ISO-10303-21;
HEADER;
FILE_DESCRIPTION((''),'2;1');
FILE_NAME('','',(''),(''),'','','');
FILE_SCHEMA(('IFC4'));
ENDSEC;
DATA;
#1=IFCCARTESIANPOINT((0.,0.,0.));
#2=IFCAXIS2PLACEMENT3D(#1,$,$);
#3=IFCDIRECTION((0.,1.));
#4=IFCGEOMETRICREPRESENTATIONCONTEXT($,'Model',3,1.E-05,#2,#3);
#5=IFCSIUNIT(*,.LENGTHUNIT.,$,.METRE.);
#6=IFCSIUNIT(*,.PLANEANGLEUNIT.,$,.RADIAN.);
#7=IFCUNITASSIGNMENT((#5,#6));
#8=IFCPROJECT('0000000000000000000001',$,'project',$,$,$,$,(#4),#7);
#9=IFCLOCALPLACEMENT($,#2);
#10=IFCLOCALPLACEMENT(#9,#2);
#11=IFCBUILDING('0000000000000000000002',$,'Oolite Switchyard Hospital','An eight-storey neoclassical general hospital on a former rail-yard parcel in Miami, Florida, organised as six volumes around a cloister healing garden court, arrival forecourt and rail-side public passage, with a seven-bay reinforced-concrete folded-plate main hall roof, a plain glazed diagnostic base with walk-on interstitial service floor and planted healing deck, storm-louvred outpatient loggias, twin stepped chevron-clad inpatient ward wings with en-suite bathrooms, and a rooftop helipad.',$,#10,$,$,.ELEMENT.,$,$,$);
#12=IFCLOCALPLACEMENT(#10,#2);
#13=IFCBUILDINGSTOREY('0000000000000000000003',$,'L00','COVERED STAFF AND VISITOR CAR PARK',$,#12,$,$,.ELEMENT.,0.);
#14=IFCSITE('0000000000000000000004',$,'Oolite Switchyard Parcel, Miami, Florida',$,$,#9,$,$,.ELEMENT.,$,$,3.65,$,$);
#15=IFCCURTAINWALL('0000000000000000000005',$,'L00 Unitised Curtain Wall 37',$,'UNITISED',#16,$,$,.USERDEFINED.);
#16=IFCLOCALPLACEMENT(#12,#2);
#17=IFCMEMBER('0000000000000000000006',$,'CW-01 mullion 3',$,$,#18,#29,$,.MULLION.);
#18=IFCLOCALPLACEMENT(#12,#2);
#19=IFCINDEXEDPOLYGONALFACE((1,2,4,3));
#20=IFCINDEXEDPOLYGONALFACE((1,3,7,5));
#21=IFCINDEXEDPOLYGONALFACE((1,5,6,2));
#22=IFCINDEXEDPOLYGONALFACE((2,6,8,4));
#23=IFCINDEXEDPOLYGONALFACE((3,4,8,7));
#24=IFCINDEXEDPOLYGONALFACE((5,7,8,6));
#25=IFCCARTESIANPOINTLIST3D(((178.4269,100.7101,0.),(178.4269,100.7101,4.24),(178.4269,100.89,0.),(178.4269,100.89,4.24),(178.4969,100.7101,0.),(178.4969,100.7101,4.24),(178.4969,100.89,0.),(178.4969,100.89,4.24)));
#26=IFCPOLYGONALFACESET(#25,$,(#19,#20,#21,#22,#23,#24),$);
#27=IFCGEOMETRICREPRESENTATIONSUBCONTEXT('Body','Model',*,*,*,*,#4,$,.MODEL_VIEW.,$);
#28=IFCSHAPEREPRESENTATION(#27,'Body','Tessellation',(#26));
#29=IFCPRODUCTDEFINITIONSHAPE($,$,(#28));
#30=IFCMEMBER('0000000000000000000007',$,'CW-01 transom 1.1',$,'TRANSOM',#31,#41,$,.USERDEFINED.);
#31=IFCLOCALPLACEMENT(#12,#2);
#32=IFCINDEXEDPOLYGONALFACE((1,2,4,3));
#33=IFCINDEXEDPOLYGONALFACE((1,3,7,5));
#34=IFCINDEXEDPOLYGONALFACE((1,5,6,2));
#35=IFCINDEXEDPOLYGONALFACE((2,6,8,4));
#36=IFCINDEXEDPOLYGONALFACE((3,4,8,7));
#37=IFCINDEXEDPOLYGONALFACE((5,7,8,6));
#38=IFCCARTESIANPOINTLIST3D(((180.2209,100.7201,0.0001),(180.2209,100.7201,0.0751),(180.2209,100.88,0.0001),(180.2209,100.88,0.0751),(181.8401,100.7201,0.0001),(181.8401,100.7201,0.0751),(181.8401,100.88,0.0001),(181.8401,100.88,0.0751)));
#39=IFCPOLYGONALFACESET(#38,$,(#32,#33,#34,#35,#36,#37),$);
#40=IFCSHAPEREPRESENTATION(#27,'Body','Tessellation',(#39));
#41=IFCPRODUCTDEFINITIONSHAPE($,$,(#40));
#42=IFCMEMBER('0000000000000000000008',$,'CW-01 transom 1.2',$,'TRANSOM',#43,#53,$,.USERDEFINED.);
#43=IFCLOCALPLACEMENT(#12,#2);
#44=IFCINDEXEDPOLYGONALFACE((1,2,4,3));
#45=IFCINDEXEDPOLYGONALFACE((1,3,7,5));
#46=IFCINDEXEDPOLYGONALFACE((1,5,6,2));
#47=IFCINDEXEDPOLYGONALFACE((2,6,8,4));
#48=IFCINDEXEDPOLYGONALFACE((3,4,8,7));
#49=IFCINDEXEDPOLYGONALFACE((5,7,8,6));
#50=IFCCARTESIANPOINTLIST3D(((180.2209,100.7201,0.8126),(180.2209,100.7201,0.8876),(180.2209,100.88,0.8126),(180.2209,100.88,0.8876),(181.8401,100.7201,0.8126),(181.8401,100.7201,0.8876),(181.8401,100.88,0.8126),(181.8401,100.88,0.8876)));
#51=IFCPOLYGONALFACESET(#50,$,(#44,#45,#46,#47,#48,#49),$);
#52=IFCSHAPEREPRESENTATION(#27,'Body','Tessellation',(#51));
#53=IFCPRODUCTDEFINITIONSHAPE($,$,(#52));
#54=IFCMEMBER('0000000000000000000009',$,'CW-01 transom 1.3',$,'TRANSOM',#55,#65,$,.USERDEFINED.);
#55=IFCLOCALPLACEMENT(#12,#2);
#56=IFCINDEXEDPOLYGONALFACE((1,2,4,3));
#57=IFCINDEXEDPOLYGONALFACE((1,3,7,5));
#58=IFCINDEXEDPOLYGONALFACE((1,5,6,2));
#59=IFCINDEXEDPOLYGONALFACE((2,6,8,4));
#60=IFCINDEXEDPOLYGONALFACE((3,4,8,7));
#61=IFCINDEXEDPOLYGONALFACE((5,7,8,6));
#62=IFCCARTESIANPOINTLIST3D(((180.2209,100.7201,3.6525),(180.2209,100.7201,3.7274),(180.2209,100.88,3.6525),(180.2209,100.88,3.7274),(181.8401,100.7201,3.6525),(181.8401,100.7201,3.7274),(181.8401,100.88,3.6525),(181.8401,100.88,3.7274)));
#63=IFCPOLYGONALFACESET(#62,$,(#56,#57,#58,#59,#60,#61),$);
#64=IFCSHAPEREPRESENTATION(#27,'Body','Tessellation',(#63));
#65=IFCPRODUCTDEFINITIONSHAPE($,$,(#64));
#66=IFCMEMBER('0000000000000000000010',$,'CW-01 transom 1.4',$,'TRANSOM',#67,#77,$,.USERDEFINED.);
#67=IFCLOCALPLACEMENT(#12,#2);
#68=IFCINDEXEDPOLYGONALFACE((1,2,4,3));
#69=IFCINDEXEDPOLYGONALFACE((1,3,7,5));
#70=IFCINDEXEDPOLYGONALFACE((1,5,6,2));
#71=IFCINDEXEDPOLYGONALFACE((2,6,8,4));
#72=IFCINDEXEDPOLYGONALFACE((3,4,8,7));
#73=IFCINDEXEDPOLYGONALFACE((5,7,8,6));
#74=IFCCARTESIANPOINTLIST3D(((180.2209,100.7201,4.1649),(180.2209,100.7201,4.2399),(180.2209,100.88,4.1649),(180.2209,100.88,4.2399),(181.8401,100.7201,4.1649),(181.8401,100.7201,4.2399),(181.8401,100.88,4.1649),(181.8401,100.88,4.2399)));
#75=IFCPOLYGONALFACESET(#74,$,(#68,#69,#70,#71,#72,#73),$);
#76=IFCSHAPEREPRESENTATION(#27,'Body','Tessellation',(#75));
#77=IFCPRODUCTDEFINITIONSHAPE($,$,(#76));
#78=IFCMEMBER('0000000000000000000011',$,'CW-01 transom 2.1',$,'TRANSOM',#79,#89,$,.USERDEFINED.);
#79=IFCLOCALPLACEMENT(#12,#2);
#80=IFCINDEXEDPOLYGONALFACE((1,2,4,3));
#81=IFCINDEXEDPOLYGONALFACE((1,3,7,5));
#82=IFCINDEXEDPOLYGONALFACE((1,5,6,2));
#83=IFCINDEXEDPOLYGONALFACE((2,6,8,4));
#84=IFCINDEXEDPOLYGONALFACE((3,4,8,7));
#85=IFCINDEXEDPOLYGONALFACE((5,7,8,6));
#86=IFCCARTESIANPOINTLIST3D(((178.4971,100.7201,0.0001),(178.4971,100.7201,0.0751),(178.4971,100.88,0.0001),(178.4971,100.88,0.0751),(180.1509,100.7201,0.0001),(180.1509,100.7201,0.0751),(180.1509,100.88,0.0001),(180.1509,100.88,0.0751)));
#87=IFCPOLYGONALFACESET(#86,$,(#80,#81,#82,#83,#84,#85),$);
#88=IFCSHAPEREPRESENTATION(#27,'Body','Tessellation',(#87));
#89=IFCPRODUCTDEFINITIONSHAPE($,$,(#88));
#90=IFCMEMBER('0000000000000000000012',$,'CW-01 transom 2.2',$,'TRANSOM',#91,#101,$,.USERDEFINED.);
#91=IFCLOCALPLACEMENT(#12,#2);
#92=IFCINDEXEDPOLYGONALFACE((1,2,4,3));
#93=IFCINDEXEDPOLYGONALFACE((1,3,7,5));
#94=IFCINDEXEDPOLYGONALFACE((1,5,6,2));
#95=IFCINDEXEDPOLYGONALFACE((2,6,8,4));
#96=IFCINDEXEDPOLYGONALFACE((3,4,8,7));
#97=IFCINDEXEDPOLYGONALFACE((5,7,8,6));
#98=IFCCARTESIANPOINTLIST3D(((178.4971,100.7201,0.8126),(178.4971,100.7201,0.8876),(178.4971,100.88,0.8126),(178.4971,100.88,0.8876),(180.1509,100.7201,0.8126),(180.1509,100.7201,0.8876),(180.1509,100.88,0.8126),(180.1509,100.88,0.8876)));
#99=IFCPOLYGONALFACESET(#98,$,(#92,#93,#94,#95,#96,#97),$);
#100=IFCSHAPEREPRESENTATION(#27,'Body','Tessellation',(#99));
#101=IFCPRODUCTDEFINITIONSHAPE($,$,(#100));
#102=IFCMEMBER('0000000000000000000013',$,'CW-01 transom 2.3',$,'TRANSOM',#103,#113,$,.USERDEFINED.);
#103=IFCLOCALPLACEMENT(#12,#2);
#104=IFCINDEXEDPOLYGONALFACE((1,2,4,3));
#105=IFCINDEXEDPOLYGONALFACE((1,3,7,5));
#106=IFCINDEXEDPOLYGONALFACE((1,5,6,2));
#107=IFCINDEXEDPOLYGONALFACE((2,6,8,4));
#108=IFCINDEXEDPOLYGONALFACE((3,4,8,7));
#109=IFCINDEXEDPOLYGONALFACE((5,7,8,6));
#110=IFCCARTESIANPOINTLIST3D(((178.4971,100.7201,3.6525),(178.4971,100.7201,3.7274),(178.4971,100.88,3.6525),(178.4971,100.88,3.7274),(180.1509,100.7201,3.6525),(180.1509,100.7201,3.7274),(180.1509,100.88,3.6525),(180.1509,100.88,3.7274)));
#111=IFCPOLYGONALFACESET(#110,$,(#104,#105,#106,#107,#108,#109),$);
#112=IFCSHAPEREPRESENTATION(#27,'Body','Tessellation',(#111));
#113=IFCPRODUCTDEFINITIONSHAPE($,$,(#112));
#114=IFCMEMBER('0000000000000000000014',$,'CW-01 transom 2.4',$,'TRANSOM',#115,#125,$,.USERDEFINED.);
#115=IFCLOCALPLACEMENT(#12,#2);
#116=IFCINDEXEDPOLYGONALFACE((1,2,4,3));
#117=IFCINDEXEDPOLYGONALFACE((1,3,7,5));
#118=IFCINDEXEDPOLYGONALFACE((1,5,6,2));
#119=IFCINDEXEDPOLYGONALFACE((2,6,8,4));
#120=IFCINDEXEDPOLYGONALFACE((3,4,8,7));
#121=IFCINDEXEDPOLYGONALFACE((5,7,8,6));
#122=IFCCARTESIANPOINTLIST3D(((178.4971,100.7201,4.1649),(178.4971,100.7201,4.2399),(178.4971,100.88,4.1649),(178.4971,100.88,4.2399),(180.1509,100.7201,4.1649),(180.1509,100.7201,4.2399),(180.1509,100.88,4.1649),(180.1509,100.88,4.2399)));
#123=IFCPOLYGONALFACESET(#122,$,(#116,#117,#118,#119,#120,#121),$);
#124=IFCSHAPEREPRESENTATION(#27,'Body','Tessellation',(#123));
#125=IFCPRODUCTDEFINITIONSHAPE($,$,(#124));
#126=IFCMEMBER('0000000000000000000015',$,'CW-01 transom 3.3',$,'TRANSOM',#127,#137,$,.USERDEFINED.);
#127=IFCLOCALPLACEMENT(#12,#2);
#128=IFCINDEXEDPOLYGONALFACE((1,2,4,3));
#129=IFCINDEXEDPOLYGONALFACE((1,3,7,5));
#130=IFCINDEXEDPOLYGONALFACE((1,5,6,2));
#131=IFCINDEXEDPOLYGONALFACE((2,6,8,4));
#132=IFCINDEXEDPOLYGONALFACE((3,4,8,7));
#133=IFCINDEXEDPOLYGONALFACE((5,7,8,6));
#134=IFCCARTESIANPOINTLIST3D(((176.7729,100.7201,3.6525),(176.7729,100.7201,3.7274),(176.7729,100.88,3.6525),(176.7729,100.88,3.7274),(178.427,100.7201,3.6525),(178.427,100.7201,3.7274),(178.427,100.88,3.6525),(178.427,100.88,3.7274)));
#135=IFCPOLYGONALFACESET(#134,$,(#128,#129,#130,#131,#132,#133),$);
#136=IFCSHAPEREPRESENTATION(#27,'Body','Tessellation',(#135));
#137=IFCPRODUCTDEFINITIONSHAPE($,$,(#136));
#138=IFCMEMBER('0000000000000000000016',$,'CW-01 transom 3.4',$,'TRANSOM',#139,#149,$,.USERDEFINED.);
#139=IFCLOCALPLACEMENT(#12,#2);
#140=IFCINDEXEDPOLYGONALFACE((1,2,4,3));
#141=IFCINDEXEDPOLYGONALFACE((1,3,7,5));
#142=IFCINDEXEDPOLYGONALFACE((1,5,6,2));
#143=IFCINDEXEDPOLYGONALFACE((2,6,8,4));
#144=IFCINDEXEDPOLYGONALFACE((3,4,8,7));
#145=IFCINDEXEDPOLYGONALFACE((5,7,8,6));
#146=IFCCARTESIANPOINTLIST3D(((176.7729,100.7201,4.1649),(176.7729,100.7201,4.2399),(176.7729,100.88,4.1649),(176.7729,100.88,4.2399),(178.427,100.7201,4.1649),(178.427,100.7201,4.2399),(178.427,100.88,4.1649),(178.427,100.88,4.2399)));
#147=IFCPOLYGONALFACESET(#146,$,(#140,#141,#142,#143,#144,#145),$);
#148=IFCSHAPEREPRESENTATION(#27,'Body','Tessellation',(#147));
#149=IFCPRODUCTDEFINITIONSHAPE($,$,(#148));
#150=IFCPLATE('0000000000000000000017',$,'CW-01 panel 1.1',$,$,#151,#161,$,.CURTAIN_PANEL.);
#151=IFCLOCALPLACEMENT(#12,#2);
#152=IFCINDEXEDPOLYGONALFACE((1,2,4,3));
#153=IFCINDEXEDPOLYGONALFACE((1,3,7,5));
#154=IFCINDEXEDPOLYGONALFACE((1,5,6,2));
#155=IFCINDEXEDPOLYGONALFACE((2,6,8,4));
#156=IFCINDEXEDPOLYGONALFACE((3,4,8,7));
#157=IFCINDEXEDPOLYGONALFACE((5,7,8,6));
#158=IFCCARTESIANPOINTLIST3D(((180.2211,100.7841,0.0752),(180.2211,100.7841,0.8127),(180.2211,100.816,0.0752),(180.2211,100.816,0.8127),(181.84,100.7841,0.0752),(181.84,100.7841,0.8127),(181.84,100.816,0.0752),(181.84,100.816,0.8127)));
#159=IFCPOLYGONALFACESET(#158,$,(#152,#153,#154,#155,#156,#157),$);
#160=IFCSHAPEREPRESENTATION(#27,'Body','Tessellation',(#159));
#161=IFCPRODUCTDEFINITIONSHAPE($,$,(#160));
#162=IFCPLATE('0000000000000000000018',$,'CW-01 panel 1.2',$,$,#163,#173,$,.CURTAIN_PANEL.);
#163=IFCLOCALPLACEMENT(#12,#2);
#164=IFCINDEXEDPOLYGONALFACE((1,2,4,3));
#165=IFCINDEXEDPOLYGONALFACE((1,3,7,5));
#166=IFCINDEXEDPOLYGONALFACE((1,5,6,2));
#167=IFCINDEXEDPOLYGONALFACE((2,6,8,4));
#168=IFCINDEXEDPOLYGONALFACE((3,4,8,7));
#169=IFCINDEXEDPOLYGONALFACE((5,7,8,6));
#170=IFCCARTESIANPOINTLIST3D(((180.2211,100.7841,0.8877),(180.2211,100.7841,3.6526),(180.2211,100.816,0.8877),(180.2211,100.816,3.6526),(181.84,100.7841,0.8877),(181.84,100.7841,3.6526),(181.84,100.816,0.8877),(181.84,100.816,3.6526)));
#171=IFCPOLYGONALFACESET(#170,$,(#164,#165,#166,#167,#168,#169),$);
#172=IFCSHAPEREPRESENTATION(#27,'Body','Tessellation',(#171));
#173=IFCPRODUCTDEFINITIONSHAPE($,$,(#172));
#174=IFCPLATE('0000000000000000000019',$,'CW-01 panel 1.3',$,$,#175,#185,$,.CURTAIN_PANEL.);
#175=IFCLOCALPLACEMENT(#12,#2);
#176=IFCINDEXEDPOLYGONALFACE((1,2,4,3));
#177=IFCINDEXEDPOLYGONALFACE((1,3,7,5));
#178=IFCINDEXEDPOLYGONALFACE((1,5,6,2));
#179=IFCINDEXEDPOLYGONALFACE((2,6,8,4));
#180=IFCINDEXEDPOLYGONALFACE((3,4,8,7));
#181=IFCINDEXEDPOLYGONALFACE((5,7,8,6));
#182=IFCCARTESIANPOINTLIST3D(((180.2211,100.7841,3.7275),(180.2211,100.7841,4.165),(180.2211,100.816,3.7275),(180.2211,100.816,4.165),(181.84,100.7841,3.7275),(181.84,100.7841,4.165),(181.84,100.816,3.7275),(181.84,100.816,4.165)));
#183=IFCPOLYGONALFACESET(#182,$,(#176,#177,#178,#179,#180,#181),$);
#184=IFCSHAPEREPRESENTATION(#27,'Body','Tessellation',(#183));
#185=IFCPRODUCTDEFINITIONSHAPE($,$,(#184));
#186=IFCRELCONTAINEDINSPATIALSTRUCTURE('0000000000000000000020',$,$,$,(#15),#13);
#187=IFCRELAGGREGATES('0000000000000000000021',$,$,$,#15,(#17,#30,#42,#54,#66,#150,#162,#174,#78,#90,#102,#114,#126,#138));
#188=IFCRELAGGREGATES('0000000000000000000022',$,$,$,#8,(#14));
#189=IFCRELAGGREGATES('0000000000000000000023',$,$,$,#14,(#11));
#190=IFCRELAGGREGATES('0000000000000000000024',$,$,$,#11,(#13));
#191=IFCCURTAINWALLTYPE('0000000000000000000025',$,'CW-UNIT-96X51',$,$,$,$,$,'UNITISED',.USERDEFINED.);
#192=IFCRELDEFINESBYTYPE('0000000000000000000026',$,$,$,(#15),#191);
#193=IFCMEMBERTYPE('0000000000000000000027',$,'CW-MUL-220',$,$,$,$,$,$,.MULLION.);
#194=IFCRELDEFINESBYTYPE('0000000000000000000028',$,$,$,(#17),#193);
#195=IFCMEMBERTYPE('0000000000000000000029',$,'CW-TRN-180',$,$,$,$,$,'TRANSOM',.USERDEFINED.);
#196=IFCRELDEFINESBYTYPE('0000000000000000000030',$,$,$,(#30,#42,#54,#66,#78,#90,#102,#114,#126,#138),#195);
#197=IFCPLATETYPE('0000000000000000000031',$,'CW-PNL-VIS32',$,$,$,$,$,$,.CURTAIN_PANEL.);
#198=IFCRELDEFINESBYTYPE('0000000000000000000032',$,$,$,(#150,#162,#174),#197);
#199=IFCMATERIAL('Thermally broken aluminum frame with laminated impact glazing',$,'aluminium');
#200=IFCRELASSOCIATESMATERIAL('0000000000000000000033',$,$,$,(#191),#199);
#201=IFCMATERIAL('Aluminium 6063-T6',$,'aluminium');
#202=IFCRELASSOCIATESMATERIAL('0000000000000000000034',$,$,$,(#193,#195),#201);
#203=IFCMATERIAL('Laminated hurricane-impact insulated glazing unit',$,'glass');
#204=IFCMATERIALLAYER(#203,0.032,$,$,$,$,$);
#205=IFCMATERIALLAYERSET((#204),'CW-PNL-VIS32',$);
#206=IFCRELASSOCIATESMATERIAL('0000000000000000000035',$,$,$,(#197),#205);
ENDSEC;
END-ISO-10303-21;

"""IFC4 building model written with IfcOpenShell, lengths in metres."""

from ifc_helpers import new_model, si_unit, direction, frame, origin, origin_2d, place, context, subcontext, project, spatial, rectangle, extrude, material, layer, layer_set, material_profile, profile_set, type_object, element, aggregate, save


model = new_model("IFC4")

# Units and contexts
model_context = context("Model", 3, precision=1e-05, world=origin(), true_north=direction((0.0, 1.0)))
body_context = subcontext(model_context, "Body", "Model", "MODEL_VIEW")
ifc_project = project(units=[si_unit("LENGTHUNIT", "METRE"), si_unit("PLANEANGLEUNIT", "RADIAN")], contexts=[model_context])

# Site, building, storey
site_placement = place(None, origin())
site = spatial("IfcSite", under=ifc_project, at=site_placement, Name="Oolite Switchyard Parcel, Miami, Florida", CompositionType="ELEMENT", RefElevation=3.65)
building_placement = place(site_placement, origin())
building = spatial("IfcBuilding", under=site, at=building_placement, Name="Oolite Switchyard Hospital", Description="An eight-storey neoclassical general hospital on a former rail-yard parcel in Miami, Florida, organised as six volumes around a cloister healing garden court, arrival forecourt and rail-side public passage, with a seven-bay reinforced-concrete folded-plate main hall roof, a plain glazed diagnostic base with walk-on interstitial service floor and planted healing deck, storm-louvred outpatient loggias, twin stepped chevron-clad inpatient ward wings with en-suite bathrooms, and a rooftop helipad.", CompositionType="ELEMENT")
storey_placement = place(building_placement, origin())
storey = spatial("IfcBuildingStorey", under=building, at=storey_placement, Name="L00", Description="COVERED STAFF AND VISITOR CAR PARK", CompositionType="ELEMENT", Elevation=0.0)

# Curtain wall, members, plates
ifc_material_1 = material(Name="Thermally broken aluminum frame with laminated impact glazing", Category="aluminium")
curtain_wall_type = type_object("IfcCurtainWallType", Name="CW-UNIT-96X51", ElementType="UNITISED", PredefinedType="USERDEFINED", material=ifc_material_1)
curtain_wall_placement = place(storey_placement, origin())
curtain_wall = element("IfcCurtainWall", 1, at=curtain_wall_placement, inside=storey, type_object=curtain_wall_type, Name="L00 Unitised Curtain Wall 37", ObjectType="UNITISED", PredefinedType="USERDEFINED")
ifc_material_2 = material(Name="Aluminium 6063-T6", Category="aluminium")
ifc_material_profile_1 = material_profile(ifc_material_2, rectangle(XDim=0.1799, YDim=0.0701, at=origin_2d()), Name="CWM70X180")
ifc_profile_set_1 = profile_set([ifc_material_profile_1], Name="Aluminium 6063-T6")
member_type_1 = type_object("IfcMemberType", Name="CW-MUL-220", PredefinedType="MULLION", material=ifc_profile_set_1)
member_1_placement = place(storey_placement, frame((178.4619, 100.8, 0.0), z_axis=(0.0, 0.0, 1.0), x_axis=(0.0, -1.0, 0.0)))
member_1 = element("IfcMember", 2, at=member_1_placement, type_object=member_type_1, Name="CW-01 mullion 3", PredefinedType="MULLION", context=body_context, shape_type="SweptSolid", body=[
    extrude(rectangle(XDim=0.1799, YDim=0.0701, at=origin_2d()), origin(), (0.0, 0.0, 1.0), 4.24),
])
ifc_material_profile_2 = material_profile(ifc_material_2, rectangle(XDim=0.1599, YDim=0.075, at=origin_2d()), Name="CWT75X160")
ifc_profile_set_2 = profile_set([ifc_material_profile_2], Name="Aluminium 6063-T6")
member_type_2 = type_object("IfcMemberType", Name="CW-TRN-180", ElementType="TRANSOM", PredefinedType="USERDEFINED", material=ifc_profile_set_2)
member_2_placement = place(storey_placement, frame((181.8401, 100.8, 0.0376), z_axis=(-1.0, 0.0, 0.0), x_axis=(0.0, -1.0, 0.0)))
member_2 = element("IfcMember", 3, at=member_2_placement, type_object=member_type_2, Name="CW-01 transom 1.1", ObjectType="TRANSOM", PredefinedType="USERDEFINED", context=body_context, shape_type="SweptSolid", body=[
    extrude(rectangle(XDim=0.1599, YDim=0.075, at=origin_2d()), origin(), (0.0, 0.0, 1.0), 1.6191),
])
member_3_placement = place(storey_placement, frame((181.8401, 100.8, 0.8501), z_axis=(-1.0, 0.0, 0.0), x_axis=(0.0, -1.0, 0.0)))
member_3 = element("IfcMember", 4, at=member_3_placement, type_object=member_type_2, Name="CW-01 transom 1.2", ObjectType="TRANSOM", PredefinedType="USERDEFINED", context=body_context, shape_type="SweptSolid", body=[
    extrude(rectangle(XDim=0.1599, YDim=0.075, at=origin_2d()), origin(), (0.0, 0.0, 1.0), 1.6191),
])
member_4_placement = place(storey_placement, frame((181.8401, 100.8, 3.6899), z_axis=(-1.0, 0.0, 0.0), x_axis=(0.0, -1.0, 0.0)))
member_4 = element("IfcMember", 5, at=member_4_placement, type_object=member_type_2, Name="CW-01 transom 1.3", ObjectType="TRANSOM", PredefinedType="USERDEFINED", context=body_context, shape_type="SweptSolid", body=[
    extrude(rectangle(XDim=0.1599, YDim=0.075, at=origin_2d()), origin(), (0.0, 0.0, 1.0), 1.6191),
])
member_5_placement = place(storey_placement, frame((181.8401, 100.8, 4.2024), z_axis=(-1.0, 0.0, 0.0), x_axis=(0.0, -1.0, 0.0)))
member_5 = element("IfcMember", 6, at=member_5_placement, type_object=member_type_2, Name="CW-01 transom 1.4", ObjectType="TRANSOM", PredefinedType="USERDEFINED", context=body_context, shape_type="SweptSolid", body=[
    extrude(rectangle(XDim=0.1599, YDim=0.075, at=origin_2d()), origin(), (0.0, 0.0, 1.0), 1.6191),
])
member_6_placement = place(storey_placement, frame((180.1509, 100.8, 0.0376), z_axis=(-1.0, 0.0, 0.0), x_axis=(0.0, -1.0, 0.0)))
member_6 = element("IfcMember", 7, at=member_6_placement, type_object=member_type_2, Name="CW-01 transom 2.1", ObjectType="TRANSOM", PredefinedType="USERDEFINED", context=body_context, shape_type="SweptSolid", body=[
    extrude(rectangle(XDim=0.1599, YDim=0.075, at=origin_2d()), origin(), (0.0, 0.0, 1.0), 1.6538),
])
member_7_placement = place(storey_placement, frame((180.1509, 100.8, 0.8501), z_axis=(-1.0, 0.0, 0.0), x_axis=(0.0, -1.0, 0.0)))
member_7 = element("IfcMember", 8, at=member_7_placement, type_object=member_type_2, Name="CW-01 transom 2.2", ObjectType="TRANSOM", PredefinedType="USERDEFINED", context=body_context, shape_type="SweptSolid", body=[
    extrude(rectangle(XDim=0.1599, YDim=0.075, at=origin_2d()), origin(), (0.0, 0.0, 1.0), 1.6538),
])
member_8_placement = place(storey_placement, frame((180.1509, 100.8, 3.6899), z_axis=(-1.0, 0.0, 0.0), x_axis=(0.0, -1.0, 0.0)))
member_8 = element("IfcMember", 9, at=member_8_placement, type_object=member_type_2, Name="CW-01 transom 2.3", ObjectType="TRANSOM", PredefinedType="USERDEFINED", context=body_context, shape_type="SweptSolid", body=[
    extrude(rectangle(XDim=0.1599, YDim=0.075, at=origin_2d()), origin(), (0.0, 0.0, 1.0), 1.6538),
])
member_9_placement = place(storey_placement, frame((180.1509, 100.8, 4.2024), z_axis=(-1.0, 0.0, 0.0), x_axis=(0.0, -1.0, 0.0)))
member_9 = element("IfcMember", 10, at=member_9_placement, type_object=member_type_2, Name="CW-01 transom 2.4", ObjectType="TRANSOM", PredefinedType="USERDEFINED", context=body_context, shape_type="SweptSolid", body=[
    extrude(rectangle(XDim=0.1599, YDim=0.075, at=origin_2d()), origin(), (0.0, 0.0, 1.0), 1.6538),
])
member_10_placement = place(storey_placement, frame((178.427, 100.8, 3.6899), z_axis=(-1.0, 0.0, 0.0), x_axis=(0.0, -1.0, 0.0)))
member_10 = element("IfcMember", 11, at=member_10_placement, type_object=member_type_2, Name="CW-01 transom 3.3", ObjectType="TRANSOM", PredefinedType="USERDEFINED", context=body_context, shape_type="SweptSolid", body=[
    extrude(rectangle(XDim=0.1599, YDim=0.075, at=origin_2d()), origin(), (0.0, 0.0, 1.0), 1.6541),
])
member_11_placement = place(storey_placement, frame((178.427, 100.8, 4.2024), z_axis=(-1.0, 0.0, 0.0), x_axis=(0.0, -1.0, 0.0)))
member_11 = element("IfcMember", 12, at=member_11_placement, type_object=member_type_2, Name="CW-01 transom 3.4", ObjectType="TRANSOM", PredefinedType="USERDEFINED", context=body_context, shape_type="SweptSolid", body=[
    extrude(rectangle(XDim=0.1599, YDim=0.075, at=origin_2d()), origin(), (0.0, 0.0, 1.0), 1.6541),
])
ifc_material_3 = material(Name="Laminated hurricane-impact insulated glazing unit", Category="glass")
ifc_layer_1 = layer(ifc_material_3, 0.032)
ifc_layer_set_1 = layer_set([ifc_layer_1], Name="CW-PNL-VIS32")
plate_type = type_object("IfcPlateType", Name="CW-PNL-VIS32", PredefinedType="CURTAIN_PANEL", material=ifc_layer_set_1)
plate_1_placement = place(storey_placement, frame((181.0305, 100.8, 0.0752), z_axis=(0.0, 0.0, 1.0), x_axis=(-1.0, 0.0, 0.0)))
plate_1 = element("IfcPlate", 13, at=plate_1_placement, type_object=plate_type, Name="CW-01 panel 1.1", PredefinedType="CURTAIN_PANEL", context=body_context, shape_type="SweptSolid", body=[
    extrude(rectangle(XDim=1.6189, YDim=0.032, at=origin_2d()), origin(), (0.0, 0.0, 1.0), 0.7375),
])
plate_2_placement = place(storey_placement, frame((181.0305, 100.8, 0.8877), z_axis=(0.0, 0.0, 1.0), x_axis=(-1.0, 0.0, 0.0)))
plate_2 = element("IfcPlate", 14, at=plate_2_placement, type_object=plate_type, Name="CW-01 panel 1.2", PredefinedType="CURTAIN_PANEL", context=body_context, shape_type="SweptSolid", body=[
    extrude(rectangle(XDim=1.6189, YDim=0.032, at=origin_2d()), origin(), (0.0, 0.0, 1.0), 2.7649),
])
plate_3_placement = place(storey_placement, frame((181.0305, 100.8, 3.7275), z_axis=(0.0, 0.0, 1.0), x_axis=(-1.0, 0.0, 0.0)))
plate_3 = element("IfcPlate", 15, at=plate_3_placement, type_object=plate_type, Name="CW-01 panel 1.3", PredefinedType="CURTAIN_PANEL", context=body_context, shape_type="SweptSolid", body=[
    extrude(rectangle(XDim=1.6189, YDim=0.032, at=origin_2d()), origin(), (0.0, 0.0, 1.0), 0.4375),
])
aggregate(curtain_wall, [member_1, member_2, member_3, member_4, member_5, plate_1, plate_2, plate_3, member_6, member_7, member_8, member_9, member_10, member_11])

save(model, "model.ifc")
